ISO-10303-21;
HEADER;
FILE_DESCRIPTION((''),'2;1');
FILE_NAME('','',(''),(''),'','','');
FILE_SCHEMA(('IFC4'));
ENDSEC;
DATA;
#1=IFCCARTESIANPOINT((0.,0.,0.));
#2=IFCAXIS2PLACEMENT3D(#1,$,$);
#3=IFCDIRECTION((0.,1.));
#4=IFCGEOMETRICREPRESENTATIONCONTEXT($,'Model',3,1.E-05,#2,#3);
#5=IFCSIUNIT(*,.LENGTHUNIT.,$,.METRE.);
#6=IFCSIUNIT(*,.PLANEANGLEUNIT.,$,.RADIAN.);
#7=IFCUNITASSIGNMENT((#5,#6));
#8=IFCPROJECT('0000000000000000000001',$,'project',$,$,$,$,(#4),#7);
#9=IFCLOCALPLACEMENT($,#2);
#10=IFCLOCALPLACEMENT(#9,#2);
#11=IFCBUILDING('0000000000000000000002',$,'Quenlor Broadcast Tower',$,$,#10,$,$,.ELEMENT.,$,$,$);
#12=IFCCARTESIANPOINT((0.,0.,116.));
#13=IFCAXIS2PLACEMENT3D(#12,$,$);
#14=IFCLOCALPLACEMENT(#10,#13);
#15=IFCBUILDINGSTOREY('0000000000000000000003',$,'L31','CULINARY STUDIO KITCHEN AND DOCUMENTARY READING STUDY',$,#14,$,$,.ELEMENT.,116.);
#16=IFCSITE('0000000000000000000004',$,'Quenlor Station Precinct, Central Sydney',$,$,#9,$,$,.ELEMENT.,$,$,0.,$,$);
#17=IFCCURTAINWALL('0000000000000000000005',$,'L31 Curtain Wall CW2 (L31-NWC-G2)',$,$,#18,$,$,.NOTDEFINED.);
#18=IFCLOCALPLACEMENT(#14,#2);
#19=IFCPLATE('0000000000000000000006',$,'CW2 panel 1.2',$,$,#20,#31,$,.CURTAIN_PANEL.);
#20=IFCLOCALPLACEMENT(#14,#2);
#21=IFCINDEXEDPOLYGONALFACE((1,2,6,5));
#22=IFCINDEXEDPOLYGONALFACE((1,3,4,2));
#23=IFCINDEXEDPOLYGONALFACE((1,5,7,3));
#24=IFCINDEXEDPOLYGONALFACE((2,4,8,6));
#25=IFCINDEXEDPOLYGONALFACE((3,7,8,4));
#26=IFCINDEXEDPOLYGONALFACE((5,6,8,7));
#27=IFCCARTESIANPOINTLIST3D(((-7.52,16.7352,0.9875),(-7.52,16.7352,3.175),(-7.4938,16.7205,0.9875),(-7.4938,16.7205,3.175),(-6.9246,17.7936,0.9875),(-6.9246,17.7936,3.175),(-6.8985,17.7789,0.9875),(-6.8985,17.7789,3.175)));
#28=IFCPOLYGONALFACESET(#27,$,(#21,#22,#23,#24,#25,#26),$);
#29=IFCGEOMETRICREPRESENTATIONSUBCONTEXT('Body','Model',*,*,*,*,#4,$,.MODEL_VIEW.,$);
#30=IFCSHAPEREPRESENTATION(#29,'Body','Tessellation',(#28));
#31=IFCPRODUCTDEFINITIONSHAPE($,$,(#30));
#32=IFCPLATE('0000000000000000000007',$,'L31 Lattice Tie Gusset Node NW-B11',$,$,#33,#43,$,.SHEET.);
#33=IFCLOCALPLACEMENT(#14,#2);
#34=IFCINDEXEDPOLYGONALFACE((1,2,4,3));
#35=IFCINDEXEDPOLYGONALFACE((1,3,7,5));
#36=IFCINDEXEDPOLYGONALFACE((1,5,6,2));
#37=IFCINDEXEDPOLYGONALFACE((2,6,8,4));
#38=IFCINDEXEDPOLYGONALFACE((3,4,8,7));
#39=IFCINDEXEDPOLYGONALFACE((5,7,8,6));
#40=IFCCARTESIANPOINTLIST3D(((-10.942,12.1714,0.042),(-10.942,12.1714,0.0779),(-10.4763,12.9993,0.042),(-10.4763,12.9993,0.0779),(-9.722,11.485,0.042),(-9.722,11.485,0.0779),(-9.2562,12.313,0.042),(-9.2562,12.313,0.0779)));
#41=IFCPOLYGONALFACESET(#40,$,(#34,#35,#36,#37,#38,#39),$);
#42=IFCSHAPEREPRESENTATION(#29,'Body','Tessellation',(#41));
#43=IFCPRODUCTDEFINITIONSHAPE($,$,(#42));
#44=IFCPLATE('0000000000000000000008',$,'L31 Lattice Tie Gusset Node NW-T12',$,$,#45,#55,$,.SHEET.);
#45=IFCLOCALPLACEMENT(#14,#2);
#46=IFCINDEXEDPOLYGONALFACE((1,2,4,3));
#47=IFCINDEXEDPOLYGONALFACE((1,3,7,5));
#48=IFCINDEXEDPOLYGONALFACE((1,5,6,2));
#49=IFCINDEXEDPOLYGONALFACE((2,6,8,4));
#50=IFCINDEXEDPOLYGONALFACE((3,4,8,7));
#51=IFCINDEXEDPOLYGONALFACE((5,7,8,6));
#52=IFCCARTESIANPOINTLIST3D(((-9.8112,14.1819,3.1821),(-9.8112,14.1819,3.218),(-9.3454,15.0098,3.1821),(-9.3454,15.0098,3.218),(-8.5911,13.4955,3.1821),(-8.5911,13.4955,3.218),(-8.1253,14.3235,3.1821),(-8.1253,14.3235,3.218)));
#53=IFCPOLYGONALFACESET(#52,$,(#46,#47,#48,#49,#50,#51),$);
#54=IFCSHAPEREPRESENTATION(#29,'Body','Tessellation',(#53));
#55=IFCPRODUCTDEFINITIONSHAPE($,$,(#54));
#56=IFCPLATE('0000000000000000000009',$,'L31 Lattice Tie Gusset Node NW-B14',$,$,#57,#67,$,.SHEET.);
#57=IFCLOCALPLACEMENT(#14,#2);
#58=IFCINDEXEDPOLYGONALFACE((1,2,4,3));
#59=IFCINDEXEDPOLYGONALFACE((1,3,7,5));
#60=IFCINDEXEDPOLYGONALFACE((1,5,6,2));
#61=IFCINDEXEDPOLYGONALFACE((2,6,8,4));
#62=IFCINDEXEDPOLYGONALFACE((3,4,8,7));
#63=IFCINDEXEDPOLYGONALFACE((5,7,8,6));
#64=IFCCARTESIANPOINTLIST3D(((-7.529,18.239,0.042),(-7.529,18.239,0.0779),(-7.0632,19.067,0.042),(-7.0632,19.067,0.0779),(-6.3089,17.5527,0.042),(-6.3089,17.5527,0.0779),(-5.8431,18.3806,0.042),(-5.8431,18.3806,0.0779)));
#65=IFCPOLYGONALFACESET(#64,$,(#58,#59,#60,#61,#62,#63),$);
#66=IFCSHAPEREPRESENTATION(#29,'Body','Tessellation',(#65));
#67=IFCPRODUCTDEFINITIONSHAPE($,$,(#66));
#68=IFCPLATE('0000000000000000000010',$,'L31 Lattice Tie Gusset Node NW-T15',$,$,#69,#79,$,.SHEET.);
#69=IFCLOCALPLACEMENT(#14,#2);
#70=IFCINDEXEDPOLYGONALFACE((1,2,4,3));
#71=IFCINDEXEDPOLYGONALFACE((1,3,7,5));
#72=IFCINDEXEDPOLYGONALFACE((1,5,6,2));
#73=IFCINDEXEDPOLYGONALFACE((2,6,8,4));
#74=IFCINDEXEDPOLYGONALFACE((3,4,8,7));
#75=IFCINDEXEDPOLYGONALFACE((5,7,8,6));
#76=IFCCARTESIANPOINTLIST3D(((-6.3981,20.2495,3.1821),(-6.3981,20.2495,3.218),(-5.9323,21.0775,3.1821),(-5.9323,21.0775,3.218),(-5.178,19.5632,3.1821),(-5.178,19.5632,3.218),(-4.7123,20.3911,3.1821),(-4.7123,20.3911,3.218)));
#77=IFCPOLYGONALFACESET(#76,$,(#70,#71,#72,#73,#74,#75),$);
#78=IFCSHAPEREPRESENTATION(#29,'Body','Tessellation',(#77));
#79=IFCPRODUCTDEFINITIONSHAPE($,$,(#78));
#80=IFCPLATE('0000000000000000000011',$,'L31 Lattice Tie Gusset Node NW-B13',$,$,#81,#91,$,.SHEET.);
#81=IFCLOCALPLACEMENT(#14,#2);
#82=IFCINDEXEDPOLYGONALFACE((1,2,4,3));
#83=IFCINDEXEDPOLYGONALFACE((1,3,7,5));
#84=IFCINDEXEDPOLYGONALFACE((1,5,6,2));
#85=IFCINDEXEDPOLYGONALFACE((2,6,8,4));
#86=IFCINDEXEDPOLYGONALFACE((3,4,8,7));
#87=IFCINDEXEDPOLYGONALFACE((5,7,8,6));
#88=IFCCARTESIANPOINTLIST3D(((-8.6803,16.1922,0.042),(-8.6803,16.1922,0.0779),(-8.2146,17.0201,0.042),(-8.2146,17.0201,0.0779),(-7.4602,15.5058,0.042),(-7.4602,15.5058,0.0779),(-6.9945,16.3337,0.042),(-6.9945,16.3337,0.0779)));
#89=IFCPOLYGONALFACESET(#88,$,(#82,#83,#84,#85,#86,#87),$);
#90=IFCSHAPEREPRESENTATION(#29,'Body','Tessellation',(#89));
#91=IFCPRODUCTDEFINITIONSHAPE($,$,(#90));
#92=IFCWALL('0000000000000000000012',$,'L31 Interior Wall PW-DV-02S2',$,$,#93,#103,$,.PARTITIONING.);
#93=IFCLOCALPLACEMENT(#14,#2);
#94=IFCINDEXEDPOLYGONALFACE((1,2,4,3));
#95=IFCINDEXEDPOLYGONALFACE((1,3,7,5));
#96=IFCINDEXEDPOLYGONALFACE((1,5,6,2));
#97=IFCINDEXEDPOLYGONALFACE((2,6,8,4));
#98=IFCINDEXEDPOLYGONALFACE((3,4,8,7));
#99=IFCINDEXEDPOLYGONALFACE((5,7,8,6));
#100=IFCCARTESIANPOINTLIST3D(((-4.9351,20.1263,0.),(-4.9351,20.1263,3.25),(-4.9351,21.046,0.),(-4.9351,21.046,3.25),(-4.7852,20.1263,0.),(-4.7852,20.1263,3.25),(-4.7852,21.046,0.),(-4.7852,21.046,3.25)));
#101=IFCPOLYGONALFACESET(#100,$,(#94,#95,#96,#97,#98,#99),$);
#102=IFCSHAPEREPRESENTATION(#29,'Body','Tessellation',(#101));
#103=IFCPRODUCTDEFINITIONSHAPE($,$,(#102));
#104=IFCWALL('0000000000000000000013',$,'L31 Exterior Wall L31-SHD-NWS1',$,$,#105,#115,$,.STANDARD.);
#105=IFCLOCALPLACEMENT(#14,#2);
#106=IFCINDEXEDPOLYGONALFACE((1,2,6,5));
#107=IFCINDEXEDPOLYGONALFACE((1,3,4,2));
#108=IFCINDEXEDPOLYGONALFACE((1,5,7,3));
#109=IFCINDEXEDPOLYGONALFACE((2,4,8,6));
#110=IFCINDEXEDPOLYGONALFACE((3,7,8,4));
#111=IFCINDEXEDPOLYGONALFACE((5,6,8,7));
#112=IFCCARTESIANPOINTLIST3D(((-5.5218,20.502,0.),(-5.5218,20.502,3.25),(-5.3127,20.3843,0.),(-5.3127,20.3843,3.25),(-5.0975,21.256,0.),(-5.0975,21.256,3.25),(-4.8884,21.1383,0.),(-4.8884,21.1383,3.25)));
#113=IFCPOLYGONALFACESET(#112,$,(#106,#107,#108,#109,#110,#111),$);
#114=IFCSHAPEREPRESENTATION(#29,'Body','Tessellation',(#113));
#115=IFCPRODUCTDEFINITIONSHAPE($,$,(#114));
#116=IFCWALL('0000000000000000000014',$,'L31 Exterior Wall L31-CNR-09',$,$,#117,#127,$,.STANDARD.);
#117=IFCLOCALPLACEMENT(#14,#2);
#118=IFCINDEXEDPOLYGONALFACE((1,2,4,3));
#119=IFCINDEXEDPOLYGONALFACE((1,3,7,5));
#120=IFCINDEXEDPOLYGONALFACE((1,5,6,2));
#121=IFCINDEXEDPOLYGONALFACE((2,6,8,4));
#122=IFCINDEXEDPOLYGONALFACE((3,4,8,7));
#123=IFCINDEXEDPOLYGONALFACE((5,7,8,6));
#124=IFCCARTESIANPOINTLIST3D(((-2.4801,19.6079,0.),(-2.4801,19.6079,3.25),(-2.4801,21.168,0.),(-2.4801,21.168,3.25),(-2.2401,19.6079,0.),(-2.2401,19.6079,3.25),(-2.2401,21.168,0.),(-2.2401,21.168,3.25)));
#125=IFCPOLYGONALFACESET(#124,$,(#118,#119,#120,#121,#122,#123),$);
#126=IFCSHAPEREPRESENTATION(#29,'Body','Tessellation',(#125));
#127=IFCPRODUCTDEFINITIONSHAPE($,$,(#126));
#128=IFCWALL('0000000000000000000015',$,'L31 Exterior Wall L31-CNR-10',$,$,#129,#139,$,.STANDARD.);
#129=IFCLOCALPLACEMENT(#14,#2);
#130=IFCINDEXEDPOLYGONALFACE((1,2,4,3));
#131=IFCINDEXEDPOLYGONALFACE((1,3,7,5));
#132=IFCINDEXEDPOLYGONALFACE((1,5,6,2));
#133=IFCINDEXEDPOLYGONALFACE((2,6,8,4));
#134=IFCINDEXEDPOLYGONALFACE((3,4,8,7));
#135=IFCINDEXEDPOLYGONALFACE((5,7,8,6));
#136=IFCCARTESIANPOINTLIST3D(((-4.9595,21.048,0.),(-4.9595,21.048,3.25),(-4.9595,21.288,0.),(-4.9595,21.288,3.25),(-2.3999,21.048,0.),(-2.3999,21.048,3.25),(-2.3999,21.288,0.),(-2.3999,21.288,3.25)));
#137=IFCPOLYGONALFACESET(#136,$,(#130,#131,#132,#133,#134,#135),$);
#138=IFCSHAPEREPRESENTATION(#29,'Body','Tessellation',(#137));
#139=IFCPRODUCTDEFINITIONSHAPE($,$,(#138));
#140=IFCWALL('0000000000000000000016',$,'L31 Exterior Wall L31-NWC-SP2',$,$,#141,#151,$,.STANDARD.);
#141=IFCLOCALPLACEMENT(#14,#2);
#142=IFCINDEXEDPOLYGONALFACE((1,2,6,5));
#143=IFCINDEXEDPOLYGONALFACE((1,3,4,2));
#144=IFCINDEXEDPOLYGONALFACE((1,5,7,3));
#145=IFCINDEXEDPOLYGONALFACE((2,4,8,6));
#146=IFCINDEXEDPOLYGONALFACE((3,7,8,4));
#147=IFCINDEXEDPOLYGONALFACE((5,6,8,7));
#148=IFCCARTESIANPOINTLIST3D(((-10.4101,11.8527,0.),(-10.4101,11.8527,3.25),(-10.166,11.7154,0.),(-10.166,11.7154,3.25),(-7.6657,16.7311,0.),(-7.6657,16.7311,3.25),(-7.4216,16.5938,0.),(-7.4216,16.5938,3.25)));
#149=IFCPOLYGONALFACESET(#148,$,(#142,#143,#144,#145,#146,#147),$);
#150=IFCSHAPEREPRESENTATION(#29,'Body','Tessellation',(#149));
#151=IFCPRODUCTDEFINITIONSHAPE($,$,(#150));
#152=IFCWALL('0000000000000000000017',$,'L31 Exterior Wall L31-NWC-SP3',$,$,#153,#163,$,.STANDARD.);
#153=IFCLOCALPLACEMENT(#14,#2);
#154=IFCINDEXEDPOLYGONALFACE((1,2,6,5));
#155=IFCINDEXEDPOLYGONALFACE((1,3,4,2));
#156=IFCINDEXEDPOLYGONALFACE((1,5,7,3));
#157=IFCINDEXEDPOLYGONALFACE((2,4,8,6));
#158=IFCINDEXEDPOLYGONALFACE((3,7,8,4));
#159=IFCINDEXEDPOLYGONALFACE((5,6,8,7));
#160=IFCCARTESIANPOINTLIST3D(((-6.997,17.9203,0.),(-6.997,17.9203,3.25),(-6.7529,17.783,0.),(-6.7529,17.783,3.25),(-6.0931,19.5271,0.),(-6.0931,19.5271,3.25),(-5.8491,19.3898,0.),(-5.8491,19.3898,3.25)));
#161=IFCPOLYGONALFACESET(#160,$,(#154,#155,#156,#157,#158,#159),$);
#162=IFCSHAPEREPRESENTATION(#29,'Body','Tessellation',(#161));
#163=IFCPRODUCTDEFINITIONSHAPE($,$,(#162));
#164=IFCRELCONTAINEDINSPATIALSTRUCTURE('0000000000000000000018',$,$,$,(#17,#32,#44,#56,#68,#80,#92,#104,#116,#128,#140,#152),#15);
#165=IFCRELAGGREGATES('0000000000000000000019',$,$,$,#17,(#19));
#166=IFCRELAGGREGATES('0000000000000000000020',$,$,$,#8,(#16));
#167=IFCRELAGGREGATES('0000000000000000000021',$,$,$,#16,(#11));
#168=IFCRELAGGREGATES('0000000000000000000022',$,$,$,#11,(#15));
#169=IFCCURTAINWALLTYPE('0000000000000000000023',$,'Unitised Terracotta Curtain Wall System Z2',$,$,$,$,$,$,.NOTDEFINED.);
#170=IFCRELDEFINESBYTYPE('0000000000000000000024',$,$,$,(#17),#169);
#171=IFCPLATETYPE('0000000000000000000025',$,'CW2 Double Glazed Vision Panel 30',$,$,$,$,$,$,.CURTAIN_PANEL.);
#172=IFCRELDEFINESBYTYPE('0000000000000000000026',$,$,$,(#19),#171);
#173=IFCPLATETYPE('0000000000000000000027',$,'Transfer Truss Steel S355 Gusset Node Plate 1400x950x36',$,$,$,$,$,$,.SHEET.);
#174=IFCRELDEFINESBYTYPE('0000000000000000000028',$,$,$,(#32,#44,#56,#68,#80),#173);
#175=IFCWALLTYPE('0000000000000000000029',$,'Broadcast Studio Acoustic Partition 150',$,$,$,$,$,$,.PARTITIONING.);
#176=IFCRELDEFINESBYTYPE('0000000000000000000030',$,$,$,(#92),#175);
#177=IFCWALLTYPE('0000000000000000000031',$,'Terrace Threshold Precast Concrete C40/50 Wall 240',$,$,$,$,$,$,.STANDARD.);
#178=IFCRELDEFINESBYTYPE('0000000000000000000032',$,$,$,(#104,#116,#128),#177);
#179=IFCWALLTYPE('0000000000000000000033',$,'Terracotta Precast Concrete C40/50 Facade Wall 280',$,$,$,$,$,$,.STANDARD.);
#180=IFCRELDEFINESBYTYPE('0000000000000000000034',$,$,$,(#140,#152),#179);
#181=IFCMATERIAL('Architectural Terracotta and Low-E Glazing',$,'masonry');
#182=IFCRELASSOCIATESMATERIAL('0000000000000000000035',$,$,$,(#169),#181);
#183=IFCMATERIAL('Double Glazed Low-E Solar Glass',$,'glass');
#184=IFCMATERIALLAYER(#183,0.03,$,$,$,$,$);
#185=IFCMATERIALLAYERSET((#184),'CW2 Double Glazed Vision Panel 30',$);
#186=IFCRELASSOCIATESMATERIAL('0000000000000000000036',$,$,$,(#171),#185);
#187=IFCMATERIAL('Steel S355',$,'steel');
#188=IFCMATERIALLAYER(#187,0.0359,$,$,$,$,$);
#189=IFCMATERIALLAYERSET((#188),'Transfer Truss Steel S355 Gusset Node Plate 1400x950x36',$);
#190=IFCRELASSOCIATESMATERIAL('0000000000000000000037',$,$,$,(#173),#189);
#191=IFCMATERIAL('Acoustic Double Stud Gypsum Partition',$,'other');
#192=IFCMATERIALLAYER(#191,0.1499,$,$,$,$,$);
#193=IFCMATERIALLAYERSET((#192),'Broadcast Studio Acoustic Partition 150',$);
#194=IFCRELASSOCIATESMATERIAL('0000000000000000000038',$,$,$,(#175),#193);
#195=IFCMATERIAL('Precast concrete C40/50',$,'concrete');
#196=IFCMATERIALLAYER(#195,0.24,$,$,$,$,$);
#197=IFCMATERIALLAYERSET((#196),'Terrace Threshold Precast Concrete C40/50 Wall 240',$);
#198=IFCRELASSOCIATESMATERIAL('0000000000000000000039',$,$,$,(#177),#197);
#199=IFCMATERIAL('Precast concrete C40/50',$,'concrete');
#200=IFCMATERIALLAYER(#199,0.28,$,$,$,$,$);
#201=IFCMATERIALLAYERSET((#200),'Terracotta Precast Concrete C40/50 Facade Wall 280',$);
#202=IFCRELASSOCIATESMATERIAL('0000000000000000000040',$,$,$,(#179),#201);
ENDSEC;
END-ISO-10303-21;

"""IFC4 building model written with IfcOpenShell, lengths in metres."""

from ifc_helpers import new_model, si_unit, direction, frame, frame_2d, origin, origin_2d, place, context, subcontext, project, spatial, rectangle, extrude, material, layer, layer_set, type_object, element, aggregate, save


model = new_model("IFC4")

# Units and contexts
model_context = context("Model", 3, precision=1e-05, world=origin(), true_north=direction((0.0, 1.0)))
body_context = subcontext(model_context, "Body", "Model", "MODEL_VIEW")
ifc_project = project(units=[si_unit("LENGTHUNIT", "METRE"), si_unit("PLANEANGLEUNIT", "RADIAN")], contexts=[model_context])

# Site, building, storey
site_placement = place(None, origin())
site = spatial("IfcSite", under=ifc_project, at=site_placement, Name="Quenlor Station Precinct, Central Sydney", CompositionType="ELEMENT", RefElevation=0.0)
building_placement = place(site_placement, origin())
building = spatial("IfcBuilding", under=site, at=building_placement, Name="Quenlor Broadcast Tower", CompositionType="ELEMENT")
storey_placement = place(building_placement, frame((0.0, 0.0, 116.0)))
storey = spatial("IfcBuildingStorey", under=building, at=storey_placement, Name="L31", Description="CULINARY STUDIO KITCHEN AND DOCUMENTARY READING STUDY", CompositionType="ELEMENT", Elevation=116.0)

# Shared definitions
ifc_material_1 = material(Name="Architectural Terracotta and Low-E Glazing", Category="masonry")
curtain_wall_type = type_object("IfcCurtainWallType", Name="Unitised Terracotta Curtain Wall System Z2", PredefinedType="NOTDEFINED", material=ifc_material_1)

# Curtain wall
curtain_wall_1_placement = place(storey_placement, origin())
curtain_wall_1 = element("IfcCurtainWall", 1, at=curtain_wall_1_placement, inside=storey, type_object=curtain_wall_type, Name="L31 Curtain Wall CW2 (L31-NWC-G2)", PredefinedType="NOTDEFINED")

# Plate
ifc_material_2 = material(Name="Double Glazed Low-E Solar Glass", Category="glass")
ifc_layer_1 = layer(ifc_material_2, 0.03)
ifc_layer_set_1 = layer_set([ifc_layer_1], Name="CW2 Double Glazed Vision Panel 30")
plate_type_1 = type_object("IfcPlateType", Name="CW2 Double Glazed Vision Panel 30", PredefinedType="CURTAIN_PANEL", material=ifc_layer_set_1)
plate_1_placement = place(storey_placement, frame((-7.2092, 17.2571, 0.9875), z_axis=(0.0, 0.0, 1.0), x_axis=(0.490247, 0.871583, 0.0)))
plate_1 = element("IfcPlate", 2, at=plate_1_placement, type_object=plate_type_1, Name="CW2 panel 1.2", PredefinedType="CURTAIN_PANEL", context=body_context, shape_type="SweptSolid", body=[
    extrude(rectangle(XDim=1.2144, YDim=0.03, at=origin_2d()), origin(), (0.0, 0.0, 1.0), 2.1875),
])
aggregate(curtain_wall_1, [plate_1])

# Plates
ifc_material_3 = material(Name="Steel S355", Category="steel")
ifc_layer_2 = layer(ifc_material_3, 0.0359)
ifc_layer_set_2 = layer_set([ifc_layer_2], Name="Transfer Truss Steel S355 Gusset Node Plate 1400x950x36")
plate_type_2 = type_object("IfcPlateType", Name="Transfer Truss Steel S355 Gusset Node Plate 1400x950x36", PredefinedType="SHEET", material=ifc_layer_set_2)
for number, where, z_axis, x_axis, name in (
    (3, (-10.0991, 12.2422, 0.042), (0.0, 0.0, 1.0), (-0.871556, 0.490295, 0.0), "L31 Lattice Tie Gusset Node NW-B11"),
    (4, (-8.9683, 14.2527, 3.1821), (0.0, 0.0, 1.0), (-0.871556, 0.490295, 0.0), "L31 Lattice Tie Gusset Node NW-T12"),
    (5, (-6.686, 18.3098, 0.042), (0.0, 0.0, 1.0), (-0.871556, 0.490295, 0.0), "L31 Lattice Tie Gusset Node NW-B14"),
    (6, (-5.5552, 20.3203, 3.1821), (0.0, 0.0, 1.0), (-0.871556, 0.490295, 0.0), "L31 Lattice Tie Gusset Node NW-T15"),
    (7, (-7.8374, 16.2629, 0.042), (0.0, 0.0, 1.0), (-0.871556, 0.490295, 0.0), "L31 Lattice Tie Gusset Node NW-B13"),
):
    element("IfcPlate", number, at=place(storey_placement, frame(where, z_axis=z_axis, x_axis=x_axis)), inside=storey, type_object=plate_type_2, Name=name, PredefinedType="SHEET", context=body_context, shape_type="SweptSolid", body=[
        extrude(rectangle(XDim=1.3999, YDim=0.95, at=origin_2d()), origin(), (0.0, 0.0, 1.0), 0.0359),
    ])

# Walls
ifc_material_4 = material(Name="Acoustic Double Stud Gypsum Partition", Category="other")
ifc_layer_3 = layer(ifc_material_4, 0.1499)
ifc_layer_set_3 = layer_set([ifc_layer_3], Name="Broadcast Studio Acoustic Partition 150")
wall_type_1 = type_object("IfcWallType", Name="Broadcast Studio Acoustic Partition 150", PredefinedType="PARTITIONING", material=ifc_layer_set_3)
wall_1_placement = place(storey_placement, frame((-4.8601, 20.1262, 0.0), z_axis=(0.0, 0.0, 1.0), x_axis=(0.0, 1.0, 0.0)))
element("IfcWall", 8, at=wall_1_placement, inside=storey, type_object=wall_type_1, Name="L31 Interior Wall PW-DV-02S2", PredefinedType="PARTITIONING", context=body_context, shape_type="SweptSolid", body=[
    extrude(rectangle(XDim=0.9197, YDim=0.1499, at=frame_2d((0.46, 0.0))), origin(), (0.0, 0.0, 1.0), 3.25),
])
ifc_material_5 = material(Name="Precast concrete C40/50", Category="concrete")
ifc_layer_4 = layer(ifc_material_5, 0.24)
ifc_layer_set_4 = layer_set([ifc_layer_4], Name="Terrace Threshold Precast Concrete C40/50 Wall 240")
wall_type_2 = type_object("IfcWallType", Name="Terrace Threshold Precast Concrete C40/50 Wall 240", PredefinedType="STANDARD", material=ifc_layer_set_4)
wall_2_placement = place(storey_placement, frame((-5.4172, 20.4431, 0.0), z_axis=(0.0, 0.0, 1.0), x_axis=(0.490355, 0.871523, 0.0)))
element("IfcWall", 9, at=wall_2_placement, inside=storey, type_object=wall_type_2, Name="L31 Exterior Wall L31-SHD-NWS1", PredefinedType="STANDARD", context=body_context, shape_type="SweptSolid", body=[
    extrude(rectangle(XDim=0.8652, YDim=0.24, at=frame_2d((0.4326, 0.0))), origin(), (0.0, 0.0, 1.0), 3.25),
])
wall_3_placement = place(storey_placement, frame((-2.3601, 19.6079, 0.0), z_axis=(0.0, 0.0, 1.0), x_axis=(0.0, 1.0, 0.0)))
element("IfcWall", 10, at=wall_3_placement, inside=storey, type_object=wall_type_2, Name="L31 Exterior Wall L31-CNR-09", PredefinedType="STANDARD", context=body_context, shape_type="SweptSolid", body=[
    extrude(rectangle(XDim=1.5601, YDim=0.24, at=frame_2d((0.78, 0.0))), origin(), (0.0, 0.0, 1.0), 3.25),
])
wall_4_placement = place(storey_placement, frame((-2.3999, 21.168, 0.0), z_axis=(0.0, 0.0, 1.0), x_axis=(-1.0, 0.0, 0.0)))
element("IfcWall", 11, at=wall_4_placement, inside=storey, type_object=wall_type_2, Name="L31 Exterior Wall L31-CNR-10", PredefinedType="STANDARD", context=body_context, shape_type="SweptSolid", body=[
    extrude(rectangle(XDim=2.5596, YDim=0.24, at=frame_2d((1.2798, 0.0))), origin(), (0.0, 0.0, 1.0), 3.25),
])
ifc_material_6 = material(Name="Precast concrete C40/50", Category="concrete")
ifc_layer_5 = layer(ifc_material_6, 0.28)
ifc_layer_set_5 = layer_set([ifc_layer_5], Name="Terracotta Precast Concrete C40/50 Facade Wall 280")
wall_type_3 = type_object("IfcWallType", Name="Terracotta Precast Concrete C40/50 Facade Wall 280", PredefinedType="STANDARD", material=ifc_layer_set_5)
wall_5_placement = place(storey_placement, frame((-10.2881, 11.7839, 0.0), z_axis=(0.0, 0.0, 1.0), x_axis=(0.490299, 0.871555, 0.0)))
element("IfcWall", 12, at=wall_5_placement, inside=storey, type_object=wall_type_3, Name="L31 Exterior Wall L31-NWC-SP2", PredefinedType="STANDARD", context=body_context, shape_type="SweptSolid", body=[
    extrude(rectangle(XDim=5.5974, YDim=0.28, at=frame_2d((2.7988, 0.0))), origin(), (0.0, 0.0, 1.0), 3.25),
])
wall_6_placement = place(storey_placement, frame((-6.875, 17.8516, 0.0), z_axis=(0.0, 0.0, 1.0), x_axis=(0.49028, 0.871565, 0.0)))
element("IfcWall", 13, at=wall_6_placement, inside=storey, type_object=wall_type_3, Name="L31 Exterior Wall L31-NWC-SP3", PredefinedType="STANDARD", context=body_context, shape_type="SweptSolid", body=[
    extrude(rectangle(XDim=1.8435, YDim=0.28, at=frame_2d((0.9219, 0.0))), origin(), (0.0, 0.0, 1.0), 3.25),
])

save(model, "model.ifc")
